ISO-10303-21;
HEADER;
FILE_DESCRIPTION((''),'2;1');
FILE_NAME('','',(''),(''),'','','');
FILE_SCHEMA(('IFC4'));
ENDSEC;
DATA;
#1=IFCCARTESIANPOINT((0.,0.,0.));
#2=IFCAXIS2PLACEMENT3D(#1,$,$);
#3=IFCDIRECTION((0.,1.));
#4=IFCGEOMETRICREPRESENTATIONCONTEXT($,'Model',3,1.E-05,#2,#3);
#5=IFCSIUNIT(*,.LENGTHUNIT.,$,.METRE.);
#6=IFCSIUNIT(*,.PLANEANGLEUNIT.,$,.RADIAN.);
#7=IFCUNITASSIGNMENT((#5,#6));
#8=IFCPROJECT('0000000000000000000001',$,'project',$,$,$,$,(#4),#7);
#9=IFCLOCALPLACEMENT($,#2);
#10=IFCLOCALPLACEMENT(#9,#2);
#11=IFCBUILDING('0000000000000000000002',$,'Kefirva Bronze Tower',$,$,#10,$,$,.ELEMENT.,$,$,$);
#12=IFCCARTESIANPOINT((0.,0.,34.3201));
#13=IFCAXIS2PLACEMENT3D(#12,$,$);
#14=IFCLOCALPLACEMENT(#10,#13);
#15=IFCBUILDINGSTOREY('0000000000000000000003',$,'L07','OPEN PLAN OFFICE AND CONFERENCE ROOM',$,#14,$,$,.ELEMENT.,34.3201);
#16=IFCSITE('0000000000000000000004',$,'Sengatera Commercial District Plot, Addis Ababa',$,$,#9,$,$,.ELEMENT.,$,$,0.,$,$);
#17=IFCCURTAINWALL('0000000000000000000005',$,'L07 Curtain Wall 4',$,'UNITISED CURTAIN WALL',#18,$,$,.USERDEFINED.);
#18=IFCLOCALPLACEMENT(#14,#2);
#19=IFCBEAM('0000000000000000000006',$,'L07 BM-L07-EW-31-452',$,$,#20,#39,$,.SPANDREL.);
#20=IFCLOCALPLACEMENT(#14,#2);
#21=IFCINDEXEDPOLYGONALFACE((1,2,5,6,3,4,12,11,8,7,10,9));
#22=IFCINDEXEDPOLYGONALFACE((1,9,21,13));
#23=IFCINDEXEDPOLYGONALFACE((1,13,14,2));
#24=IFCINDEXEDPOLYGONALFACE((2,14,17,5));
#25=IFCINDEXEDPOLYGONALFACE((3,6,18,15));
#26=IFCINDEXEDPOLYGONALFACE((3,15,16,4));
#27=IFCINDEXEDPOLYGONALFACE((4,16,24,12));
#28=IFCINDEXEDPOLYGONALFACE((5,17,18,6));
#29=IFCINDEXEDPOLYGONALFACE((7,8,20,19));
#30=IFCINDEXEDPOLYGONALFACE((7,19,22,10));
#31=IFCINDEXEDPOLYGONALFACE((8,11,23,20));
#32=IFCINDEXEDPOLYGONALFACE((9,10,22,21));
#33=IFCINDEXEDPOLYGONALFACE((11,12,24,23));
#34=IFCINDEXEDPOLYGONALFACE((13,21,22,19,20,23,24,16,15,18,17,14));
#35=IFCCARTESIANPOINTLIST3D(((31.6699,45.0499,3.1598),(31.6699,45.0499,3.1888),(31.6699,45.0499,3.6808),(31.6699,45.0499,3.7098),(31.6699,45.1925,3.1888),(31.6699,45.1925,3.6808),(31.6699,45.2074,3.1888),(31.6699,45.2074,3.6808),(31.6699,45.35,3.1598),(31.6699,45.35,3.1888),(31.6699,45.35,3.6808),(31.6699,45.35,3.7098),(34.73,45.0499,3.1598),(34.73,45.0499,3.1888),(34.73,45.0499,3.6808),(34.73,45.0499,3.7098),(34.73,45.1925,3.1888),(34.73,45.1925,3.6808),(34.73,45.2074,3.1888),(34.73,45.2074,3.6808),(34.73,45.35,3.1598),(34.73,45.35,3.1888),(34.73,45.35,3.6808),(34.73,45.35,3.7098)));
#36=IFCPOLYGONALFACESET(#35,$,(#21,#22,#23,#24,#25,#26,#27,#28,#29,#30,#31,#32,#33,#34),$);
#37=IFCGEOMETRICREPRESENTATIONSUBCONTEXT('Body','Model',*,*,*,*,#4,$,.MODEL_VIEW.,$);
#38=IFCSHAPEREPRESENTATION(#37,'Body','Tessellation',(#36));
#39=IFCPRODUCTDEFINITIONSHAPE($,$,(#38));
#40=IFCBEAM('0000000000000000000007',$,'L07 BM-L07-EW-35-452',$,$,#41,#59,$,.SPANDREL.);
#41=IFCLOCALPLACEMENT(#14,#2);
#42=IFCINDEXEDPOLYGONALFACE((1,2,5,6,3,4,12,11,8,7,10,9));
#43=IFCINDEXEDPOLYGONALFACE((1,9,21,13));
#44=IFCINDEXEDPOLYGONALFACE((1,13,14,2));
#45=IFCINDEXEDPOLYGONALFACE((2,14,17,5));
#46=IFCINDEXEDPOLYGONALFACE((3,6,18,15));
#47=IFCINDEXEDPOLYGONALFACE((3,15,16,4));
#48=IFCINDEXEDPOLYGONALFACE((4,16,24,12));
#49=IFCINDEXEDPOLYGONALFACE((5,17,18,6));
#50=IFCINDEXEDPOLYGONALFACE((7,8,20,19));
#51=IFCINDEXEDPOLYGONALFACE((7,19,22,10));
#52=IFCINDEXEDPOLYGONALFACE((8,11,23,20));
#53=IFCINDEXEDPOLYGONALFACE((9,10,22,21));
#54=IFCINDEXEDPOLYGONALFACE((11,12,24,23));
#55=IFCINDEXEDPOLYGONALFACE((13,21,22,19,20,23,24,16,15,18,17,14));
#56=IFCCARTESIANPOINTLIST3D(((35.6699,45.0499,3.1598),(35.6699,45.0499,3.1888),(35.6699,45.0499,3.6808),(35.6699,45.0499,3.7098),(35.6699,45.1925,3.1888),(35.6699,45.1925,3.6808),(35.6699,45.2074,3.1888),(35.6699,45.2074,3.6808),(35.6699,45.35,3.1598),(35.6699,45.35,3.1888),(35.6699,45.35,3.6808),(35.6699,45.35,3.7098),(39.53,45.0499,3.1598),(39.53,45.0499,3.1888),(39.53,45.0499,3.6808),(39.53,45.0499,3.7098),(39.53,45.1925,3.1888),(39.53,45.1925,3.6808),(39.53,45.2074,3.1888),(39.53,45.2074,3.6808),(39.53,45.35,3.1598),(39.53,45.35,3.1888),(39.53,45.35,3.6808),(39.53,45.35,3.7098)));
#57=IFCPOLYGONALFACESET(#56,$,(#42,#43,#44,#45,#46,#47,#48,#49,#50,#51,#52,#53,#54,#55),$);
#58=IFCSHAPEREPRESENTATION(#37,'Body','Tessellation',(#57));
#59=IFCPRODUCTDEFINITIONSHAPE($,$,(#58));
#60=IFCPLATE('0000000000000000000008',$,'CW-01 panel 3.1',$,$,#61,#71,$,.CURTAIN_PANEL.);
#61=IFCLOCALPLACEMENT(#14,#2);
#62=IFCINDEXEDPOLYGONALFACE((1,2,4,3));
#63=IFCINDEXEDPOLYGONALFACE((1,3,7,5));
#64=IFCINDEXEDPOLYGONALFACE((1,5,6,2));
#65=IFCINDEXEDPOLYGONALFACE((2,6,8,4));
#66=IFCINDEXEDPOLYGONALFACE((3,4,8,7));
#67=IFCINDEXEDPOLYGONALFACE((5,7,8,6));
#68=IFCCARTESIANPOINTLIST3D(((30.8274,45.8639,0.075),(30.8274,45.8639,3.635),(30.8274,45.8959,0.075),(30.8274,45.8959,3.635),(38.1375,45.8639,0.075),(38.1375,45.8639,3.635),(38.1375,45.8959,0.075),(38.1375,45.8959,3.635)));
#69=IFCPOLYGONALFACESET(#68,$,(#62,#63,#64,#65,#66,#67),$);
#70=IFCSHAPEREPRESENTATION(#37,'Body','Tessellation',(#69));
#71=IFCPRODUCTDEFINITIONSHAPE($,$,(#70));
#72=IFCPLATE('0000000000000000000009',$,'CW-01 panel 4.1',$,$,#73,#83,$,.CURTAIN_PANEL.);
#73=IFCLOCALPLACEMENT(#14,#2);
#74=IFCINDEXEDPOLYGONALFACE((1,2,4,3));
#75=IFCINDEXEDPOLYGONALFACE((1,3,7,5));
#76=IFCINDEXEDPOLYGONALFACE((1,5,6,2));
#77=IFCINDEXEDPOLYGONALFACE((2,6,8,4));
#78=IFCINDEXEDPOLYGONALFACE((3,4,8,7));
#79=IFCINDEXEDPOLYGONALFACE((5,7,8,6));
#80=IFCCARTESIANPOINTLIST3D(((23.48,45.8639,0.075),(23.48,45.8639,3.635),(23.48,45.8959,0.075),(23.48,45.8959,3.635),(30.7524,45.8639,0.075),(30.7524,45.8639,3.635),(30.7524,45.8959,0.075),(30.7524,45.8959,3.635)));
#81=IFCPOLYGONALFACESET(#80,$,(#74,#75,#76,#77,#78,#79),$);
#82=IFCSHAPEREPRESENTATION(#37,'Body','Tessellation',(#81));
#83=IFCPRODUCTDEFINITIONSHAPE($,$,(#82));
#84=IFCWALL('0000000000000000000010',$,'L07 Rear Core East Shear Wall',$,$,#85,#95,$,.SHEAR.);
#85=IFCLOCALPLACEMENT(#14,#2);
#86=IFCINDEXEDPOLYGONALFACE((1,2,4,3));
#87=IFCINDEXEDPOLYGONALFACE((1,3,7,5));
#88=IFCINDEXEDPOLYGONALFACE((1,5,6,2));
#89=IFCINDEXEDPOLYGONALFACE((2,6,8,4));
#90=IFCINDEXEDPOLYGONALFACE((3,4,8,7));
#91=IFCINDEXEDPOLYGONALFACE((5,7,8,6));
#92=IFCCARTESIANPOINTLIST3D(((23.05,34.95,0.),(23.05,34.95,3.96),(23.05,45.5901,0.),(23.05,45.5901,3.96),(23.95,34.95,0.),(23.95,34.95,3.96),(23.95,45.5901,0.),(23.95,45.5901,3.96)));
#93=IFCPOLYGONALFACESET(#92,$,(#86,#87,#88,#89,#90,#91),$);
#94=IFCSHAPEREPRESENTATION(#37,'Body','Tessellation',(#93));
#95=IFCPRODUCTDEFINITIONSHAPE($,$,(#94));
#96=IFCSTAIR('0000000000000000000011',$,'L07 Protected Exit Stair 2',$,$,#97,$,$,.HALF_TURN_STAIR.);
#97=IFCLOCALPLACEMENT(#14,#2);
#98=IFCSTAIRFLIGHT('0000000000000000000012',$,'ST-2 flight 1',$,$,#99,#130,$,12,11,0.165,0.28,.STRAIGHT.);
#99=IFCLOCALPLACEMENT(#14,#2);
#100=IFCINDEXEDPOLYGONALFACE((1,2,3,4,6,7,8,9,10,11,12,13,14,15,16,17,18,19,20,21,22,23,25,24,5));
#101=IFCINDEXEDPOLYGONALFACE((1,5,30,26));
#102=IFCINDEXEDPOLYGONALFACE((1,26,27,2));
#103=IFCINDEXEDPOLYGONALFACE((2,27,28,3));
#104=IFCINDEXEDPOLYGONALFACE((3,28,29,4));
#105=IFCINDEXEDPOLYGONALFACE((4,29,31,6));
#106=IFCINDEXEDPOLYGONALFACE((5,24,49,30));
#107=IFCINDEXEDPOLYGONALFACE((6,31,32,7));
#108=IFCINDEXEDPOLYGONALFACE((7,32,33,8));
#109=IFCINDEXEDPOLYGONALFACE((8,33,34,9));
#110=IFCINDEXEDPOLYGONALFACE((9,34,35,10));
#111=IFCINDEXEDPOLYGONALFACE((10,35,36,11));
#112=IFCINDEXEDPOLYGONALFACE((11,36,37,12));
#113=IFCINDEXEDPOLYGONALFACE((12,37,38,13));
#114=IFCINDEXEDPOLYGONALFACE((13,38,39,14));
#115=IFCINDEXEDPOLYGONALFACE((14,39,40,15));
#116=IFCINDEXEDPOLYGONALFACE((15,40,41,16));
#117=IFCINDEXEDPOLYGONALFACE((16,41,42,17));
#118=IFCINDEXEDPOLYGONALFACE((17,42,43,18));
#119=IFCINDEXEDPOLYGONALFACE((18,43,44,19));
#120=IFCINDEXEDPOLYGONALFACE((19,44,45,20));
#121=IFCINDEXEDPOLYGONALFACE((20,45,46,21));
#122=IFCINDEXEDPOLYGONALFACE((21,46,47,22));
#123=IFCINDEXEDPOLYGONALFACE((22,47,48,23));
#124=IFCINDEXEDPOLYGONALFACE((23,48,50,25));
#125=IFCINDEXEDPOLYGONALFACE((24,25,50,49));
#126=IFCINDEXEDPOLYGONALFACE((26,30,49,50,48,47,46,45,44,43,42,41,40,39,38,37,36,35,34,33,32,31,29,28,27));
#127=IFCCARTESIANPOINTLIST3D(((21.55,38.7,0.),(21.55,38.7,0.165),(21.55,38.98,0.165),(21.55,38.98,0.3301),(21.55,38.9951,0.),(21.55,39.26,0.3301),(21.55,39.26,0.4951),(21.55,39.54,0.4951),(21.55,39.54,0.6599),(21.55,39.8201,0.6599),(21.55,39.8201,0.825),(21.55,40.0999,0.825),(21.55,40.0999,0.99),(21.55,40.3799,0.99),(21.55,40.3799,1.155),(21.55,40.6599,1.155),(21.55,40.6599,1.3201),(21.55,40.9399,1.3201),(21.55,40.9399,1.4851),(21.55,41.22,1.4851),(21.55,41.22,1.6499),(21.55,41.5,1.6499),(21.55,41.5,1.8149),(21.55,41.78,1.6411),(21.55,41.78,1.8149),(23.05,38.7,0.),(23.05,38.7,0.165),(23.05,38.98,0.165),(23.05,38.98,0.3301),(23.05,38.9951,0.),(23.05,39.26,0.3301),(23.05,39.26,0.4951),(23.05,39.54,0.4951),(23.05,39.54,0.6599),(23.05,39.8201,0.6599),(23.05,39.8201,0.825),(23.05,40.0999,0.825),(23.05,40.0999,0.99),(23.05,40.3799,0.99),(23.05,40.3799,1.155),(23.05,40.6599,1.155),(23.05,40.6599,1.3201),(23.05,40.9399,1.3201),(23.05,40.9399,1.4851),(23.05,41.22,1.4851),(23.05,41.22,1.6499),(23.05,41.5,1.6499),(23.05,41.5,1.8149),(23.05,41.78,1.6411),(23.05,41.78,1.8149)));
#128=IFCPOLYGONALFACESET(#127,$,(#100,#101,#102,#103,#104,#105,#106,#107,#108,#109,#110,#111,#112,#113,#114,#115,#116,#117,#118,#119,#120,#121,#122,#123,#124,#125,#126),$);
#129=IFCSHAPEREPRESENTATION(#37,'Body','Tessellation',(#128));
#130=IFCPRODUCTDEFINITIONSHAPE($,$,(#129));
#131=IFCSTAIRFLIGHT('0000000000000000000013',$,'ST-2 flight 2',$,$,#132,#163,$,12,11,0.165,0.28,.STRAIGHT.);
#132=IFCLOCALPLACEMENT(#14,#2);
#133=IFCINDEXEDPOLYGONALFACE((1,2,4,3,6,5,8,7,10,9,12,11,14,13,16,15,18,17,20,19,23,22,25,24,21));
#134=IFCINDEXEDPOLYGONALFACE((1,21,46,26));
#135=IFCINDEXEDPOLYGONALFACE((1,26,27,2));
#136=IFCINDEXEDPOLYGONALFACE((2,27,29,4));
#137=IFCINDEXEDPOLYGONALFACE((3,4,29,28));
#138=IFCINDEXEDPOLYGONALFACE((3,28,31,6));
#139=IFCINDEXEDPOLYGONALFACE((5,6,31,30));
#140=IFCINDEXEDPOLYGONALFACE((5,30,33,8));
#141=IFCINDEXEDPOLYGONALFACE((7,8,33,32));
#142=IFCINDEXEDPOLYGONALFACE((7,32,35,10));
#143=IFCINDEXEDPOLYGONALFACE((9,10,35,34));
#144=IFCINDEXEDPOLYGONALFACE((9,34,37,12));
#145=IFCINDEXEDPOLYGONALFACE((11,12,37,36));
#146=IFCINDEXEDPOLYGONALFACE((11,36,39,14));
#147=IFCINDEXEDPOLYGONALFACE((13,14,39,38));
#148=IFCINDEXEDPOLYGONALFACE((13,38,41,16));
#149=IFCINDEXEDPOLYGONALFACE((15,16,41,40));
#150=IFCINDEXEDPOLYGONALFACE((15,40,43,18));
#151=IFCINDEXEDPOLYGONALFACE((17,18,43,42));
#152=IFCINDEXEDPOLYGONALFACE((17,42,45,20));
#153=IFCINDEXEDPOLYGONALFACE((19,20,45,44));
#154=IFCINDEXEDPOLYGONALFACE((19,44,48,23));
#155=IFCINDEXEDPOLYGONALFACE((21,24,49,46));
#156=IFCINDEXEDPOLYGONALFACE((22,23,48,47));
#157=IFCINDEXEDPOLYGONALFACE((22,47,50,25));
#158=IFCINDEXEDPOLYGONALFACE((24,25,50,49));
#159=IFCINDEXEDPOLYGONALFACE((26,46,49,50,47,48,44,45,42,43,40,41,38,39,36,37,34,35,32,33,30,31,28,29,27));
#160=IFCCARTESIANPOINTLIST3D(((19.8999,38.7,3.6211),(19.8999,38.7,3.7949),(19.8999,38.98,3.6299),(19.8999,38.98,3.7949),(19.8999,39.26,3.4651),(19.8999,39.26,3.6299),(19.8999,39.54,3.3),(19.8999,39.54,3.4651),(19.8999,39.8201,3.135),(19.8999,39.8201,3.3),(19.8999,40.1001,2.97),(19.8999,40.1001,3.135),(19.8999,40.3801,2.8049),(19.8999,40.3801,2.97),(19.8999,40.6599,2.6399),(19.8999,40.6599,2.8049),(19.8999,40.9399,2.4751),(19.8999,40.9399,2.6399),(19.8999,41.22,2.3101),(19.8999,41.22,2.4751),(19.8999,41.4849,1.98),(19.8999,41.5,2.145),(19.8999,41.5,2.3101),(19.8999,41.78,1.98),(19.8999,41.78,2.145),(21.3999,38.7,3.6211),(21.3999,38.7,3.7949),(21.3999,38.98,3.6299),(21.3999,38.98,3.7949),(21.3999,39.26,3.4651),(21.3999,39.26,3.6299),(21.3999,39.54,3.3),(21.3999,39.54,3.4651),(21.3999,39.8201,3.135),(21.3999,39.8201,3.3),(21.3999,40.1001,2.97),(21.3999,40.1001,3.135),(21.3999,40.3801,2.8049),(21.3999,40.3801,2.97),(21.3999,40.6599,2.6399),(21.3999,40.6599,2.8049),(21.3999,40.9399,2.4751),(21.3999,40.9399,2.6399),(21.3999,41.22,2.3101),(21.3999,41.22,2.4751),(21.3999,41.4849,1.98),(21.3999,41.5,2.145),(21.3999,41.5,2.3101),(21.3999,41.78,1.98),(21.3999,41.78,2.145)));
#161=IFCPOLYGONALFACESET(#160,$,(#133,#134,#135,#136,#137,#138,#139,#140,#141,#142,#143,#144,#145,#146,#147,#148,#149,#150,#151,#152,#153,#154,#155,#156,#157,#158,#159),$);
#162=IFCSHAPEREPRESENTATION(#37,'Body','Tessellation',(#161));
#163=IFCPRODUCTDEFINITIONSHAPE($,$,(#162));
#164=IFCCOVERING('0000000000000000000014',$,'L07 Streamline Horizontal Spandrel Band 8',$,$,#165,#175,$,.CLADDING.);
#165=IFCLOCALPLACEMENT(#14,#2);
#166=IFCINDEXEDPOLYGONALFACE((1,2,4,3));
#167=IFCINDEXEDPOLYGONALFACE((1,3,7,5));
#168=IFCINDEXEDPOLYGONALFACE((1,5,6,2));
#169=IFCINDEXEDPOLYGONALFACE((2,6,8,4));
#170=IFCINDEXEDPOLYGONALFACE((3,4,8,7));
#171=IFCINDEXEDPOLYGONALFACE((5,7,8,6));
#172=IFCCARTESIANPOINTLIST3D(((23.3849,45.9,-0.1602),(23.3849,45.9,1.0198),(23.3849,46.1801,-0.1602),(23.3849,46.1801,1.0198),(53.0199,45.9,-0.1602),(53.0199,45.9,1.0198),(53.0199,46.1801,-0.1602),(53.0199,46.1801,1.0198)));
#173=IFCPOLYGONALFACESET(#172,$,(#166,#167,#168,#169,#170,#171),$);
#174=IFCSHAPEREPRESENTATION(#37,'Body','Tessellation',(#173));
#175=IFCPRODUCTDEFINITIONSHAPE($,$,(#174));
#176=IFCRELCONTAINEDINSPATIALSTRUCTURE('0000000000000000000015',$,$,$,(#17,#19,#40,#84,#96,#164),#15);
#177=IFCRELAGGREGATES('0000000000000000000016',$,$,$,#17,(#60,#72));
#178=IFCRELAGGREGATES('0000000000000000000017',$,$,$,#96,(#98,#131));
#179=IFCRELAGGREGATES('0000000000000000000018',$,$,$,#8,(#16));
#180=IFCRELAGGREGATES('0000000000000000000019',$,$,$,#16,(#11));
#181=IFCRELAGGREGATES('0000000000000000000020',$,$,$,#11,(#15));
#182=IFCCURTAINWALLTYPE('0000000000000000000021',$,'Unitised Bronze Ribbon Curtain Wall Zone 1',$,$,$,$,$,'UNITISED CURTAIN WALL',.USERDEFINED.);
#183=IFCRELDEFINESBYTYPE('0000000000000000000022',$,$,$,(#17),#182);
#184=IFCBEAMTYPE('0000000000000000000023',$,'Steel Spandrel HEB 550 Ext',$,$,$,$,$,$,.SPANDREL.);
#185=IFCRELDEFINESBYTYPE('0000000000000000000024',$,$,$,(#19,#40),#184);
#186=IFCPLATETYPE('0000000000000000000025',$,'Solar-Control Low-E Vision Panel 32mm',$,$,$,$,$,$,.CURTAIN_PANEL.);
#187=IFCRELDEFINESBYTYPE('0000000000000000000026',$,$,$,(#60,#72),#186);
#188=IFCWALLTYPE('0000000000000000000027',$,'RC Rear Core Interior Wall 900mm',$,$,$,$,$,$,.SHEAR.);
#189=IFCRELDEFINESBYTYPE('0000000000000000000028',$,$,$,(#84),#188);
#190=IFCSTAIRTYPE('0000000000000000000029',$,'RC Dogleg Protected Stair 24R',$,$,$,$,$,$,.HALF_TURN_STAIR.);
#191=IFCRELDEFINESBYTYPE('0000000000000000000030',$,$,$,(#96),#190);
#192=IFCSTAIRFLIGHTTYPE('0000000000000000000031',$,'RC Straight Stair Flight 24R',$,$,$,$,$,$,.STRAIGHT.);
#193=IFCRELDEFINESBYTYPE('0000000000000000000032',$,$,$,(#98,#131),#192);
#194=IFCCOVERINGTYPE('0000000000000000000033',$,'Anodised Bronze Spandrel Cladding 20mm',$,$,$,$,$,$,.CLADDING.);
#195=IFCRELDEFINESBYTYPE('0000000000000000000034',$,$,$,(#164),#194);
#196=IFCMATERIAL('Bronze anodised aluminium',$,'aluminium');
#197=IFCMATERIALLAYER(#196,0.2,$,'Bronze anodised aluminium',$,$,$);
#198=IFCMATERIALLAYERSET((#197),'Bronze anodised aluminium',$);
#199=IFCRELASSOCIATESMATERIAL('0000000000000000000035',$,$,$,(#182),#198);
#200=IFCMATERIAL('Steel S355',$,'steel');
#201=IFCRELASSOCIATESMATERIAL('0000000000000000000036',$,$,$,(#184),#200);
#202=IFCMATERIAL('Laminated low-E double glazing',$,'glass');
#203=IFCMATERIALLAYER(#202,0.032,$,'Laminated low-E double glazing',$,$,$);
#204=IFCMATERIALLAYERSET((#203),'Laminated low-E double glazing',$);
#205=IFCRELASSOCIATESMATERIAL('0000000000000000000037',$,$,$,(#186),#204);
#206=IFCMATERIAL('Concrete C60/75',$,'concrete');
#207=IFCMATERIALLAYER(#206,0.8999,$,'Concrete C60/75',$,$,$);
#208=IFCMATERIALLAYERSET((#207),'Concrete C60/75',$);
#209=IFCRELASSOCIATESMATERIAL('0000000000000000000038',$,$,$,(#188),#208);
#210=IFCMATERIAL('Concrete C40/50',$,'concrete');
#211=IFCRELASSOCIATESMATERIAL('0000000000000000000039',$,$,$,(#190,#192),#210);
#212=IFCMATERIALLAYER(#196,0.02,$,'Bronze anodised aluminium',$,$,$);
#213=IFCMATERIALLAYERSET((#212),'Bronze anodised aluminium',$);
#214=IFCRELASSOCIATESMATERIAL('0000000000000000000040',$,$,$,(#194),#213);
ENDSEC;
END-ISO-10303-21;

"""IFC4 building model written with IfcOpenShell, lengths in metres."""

from ifc_helpers import new_model, si_unit, direction, frame, frame_2d, origin, origin_2d, place, context, subcontext, project, spatial, polyline, rectangle, i_section, outline, extrude, material, layer, layer_set, material_profile, profile_set, type_object, element, aggregate, save


model = new_model("IFC4")

# Units and contexts
model_context = context("Model", 3, precision=1e-05, world=origin(), true_north=direction((0.0, 1.0)))
body_context = subcontext(model_context, "Body", "Model", "MODEL_VIEW")
ifc_project = project(units=[si_unit("LENGTHUNIT", "METRE"), si_unit("PLANEANGLEUNIT", "RADIAN")], contexts=[model_context])

# Site, building, storey
site_placement = place(None, origin())
site = spatial("IfcSite", under=ifc_project, at=site_placement, Name="Sengatera Commercial District Plot, Addis Ababa", CompositionType="ELEMENT", RefElevation=0.0)
building_placement = place(site_placement, origin())
building = spatial("IfcBuilding", under=site, at=building_placement, Name="Kefirva Bronze Tower", CompositionType="ELEMENT")
storey_placement = place(building_placement, frame((0.0, 0.0, 34.3201)))
storey = spatial("IfcBuildingStorey", under=building, at=storey_placement, Name="L07", Description="OPEN PLAN OFFICE AND CONFERENCE ROOM", CompositionType="ELEMENT", Elevation=34.3201)

# Shared definitions
ifc_material_1 = material(Name="Concrete C60/75", Category="concrete")

# Curtain wall
ifc_material_2 = material(Name="Bronze anodised aluminium", Category="aluminium")
ifc_layer_1 = layer(ifc_material_2, 0.2, Name="Bronze anodised aluminium")
ifc_layer_set_1 = layer_set([ifc_layer_1], Name="Bronze anodised aluminium")
curtain_wall_type = type_object("IfcCurtainWallType", Name="Unitised Bronze Ribbon Curtain Wall Zone 1", ElementType="UNITISED CURTAIN WALL", PredefinedType="USERDEFINED", material=ifc_layer_set_1)
curtain_wall_placement = place(storey_placement, origin())
curtain_wall = element("IfcCurtainWall", 1, at=curtain_wall_placement, inside=storey, type_object=curtain_wall_type, Name="L07 Curtain Wall 4", ObjectType="UNITISED CURTAIN WALL", PredefinedType="USERDEFINED")

# Beams
ifc_material_3 = material(Name="Steel S355", Category="steel")
ifc_material_profile_1 = material_profile(ifc_material_3, i_section(OverallWidth=0.3, OverallDepth=0.55, WebThickness=0.0149, FlangeThickness=0.0291, at=origin_2d()), Name="HEB 550")
ifc_profile_set_1 = profile_set([ifc_material_profile_1], Name="Steel S355")
beam_type_1 = type_object("IfcBeamType", Name="Steel Spandrel HEB 550 Ext", PredefinedType="SPANDREL", material=ifc_profile_set_1)
beam_1_placement = place(storey_placement, frame((31.6699, 45.2, 3.4348), z_axis=(1.0, 0.0, 0.0), x_axis=(0.0, 1.0, 0.0)))
element("IfcBeam", 2, at=beam_1_placement, inside=storey, type_object=beam_type_1, Name="L07 BM-L07-EW-31-452", PredefinedType="SPANDREL", context=body_context, shape_type="SweptSolid", body=[
    extrude(i_section(OverallWidth=0.3, OverallDepth=0.55, WebThickness=0.0149, FlangeThickness=0.0291, at=origin_2d()), origin(), (0.0, 0.0, 1.0), 3.0601),
])
beam_2_placement = place(storey_placement, frame((35.6699, 45.2, 3.4348), z_axis=(1.0, 0.0, 0.0), x_axis=(0.0, 1.0, 0.0)))
element("IfcBeam", 3, at=beam_2_placement, inside=storey, type_object=beam_type_1, Name="L07 BM-L07-EW-35-452", PredefinedType="SPANDREL", context=body_context, shape_type="SweptSolid", body=[
    extrude(i_section(OverallWidth=0.3, OverallDepth=0.55, WebThickness=0.0149, FlangeThickness=0.0291, at=origin_2d()), origin(), (0.0, 0.0, 1.0), 3.8601),
])

# Plates
ifc_material_4 = material(Name="Laminated low-E double glazing", Category="glass")
ifc_layer_2 = layer(ifc_material_4, 0.032, Name="Laminated low-E double glazing")
ifc_layer_set_2 = layer_set([ifc_layer_2], Name="Laminated low-E double glazing")
plate_type = type_object("IfcPlateType", Name="Solar-Control Low-E Vision Panel 32mm", PredefinedType="CURTAIN_PANEL", material=ifc_layer_set_2)
plate_1_placement = place(storey_placement, frame((34.4824, 45.8799, 0.075), z_axis=(0.0, 0.0, 1.0), x_axis=(-1.0, 0.0, 0.0)))
plate_1 = element("IfcPlate", 4, at=plate_1_placement, type_object=plate_type, Name="CW-01 panel 3.1", PredefinedType="CURTAIN_PANEL", context=body_context, shape_type="SweptSolid", body=[
    extrude(rectangle(XDim=7.3101, YDim=0.032, at=origin_2d()), origin(), (0.0, 0.0, 1.0), 3.5601),
])
plate_2_placement = place(storey_placement, frame((27.1162, 45.8799, 0.075), z_axis=(0.0, 0.0, 1.0), x_axis=(-1.0, 0.0, 0.0)))
plate_2 = element("IfcPlate", 5, at=plate_2_placement, type_object=plate_type, Name="CW-01 panel 4.1", PredefinedType="CURTAIN_PANEL", context=body_context, shape_type="SweptSolid", body=[
    extrude(rectangle(XDim=7.2725, YDim=0.032, at=origin_2d()), origin(), (0.0, 0.0, 1.0), 3.5601),
])
aggregate(curtain_wall, [plate_1, plate_2])

# Wall
ifc_layer_3 = layer(ifc_material_1, 0.8999, Name="Concrete C60/75")
ifc_layer_set_3 = layer_set([ifc_layer_3], Name="Concrete C60/75")
wall_type = type_object("IfcWallType", Name="RC Rear Core Interior Wall 900mm", PredefinedType="SHEAR", material=ifc_layer_set_3)
wall_placement = place(storey_placement, frame((23.5, 34.95, 0.0), z_axis=(0.0, 0.0, 1.0), x_axis=(0.0, 1.0, 0.0)))
element("IfcWall", 6, at=wall_placement, inside=storey, type_object=wall_type, Name="L07 Rear Core East Shear Wall", PredefinedType="SHEAR", context=body_context, shape_type="SweptSolid", body=[
    extrude(rectangle(XDim=10.6401, YDim=0.8999, at=frame_2d((5.3201, 0.0))), origin(), (0.0, 0.0, 1.0), 3.96),
])

# Stair, stair flights
ifc_material_5 = material(Name="Concrete C40/50", Category="concrete")
stair_type = type_object("IfcStairType", Name="RC Dogleg Protected Stair 24R", PredefinedType="HALF_TURN_STAIR", material=ifc_material_5)
stair_placement = place(storey_placement, origin())
stair = element("IfcStair", 7, at=stair_placement, inside=storey, type_object=stair_type, Name="L07 Protected Exit Stair 2", PredefinedType="HALF_TURN_STAIR")
stair_flight_type = type_object("IfcStairFlightType", Name="RC Straight Stair Flight 24R", PredefinedType="STRAIGHT", material=ifc_material_5)
stair_flight_1_placement = place(storey_placement, frame((22.3, 38.7, 0.0), z_axis=(0.0, 0.0, 1.0), x_axis=(0.0, 1.0, 0.0)))
stair_flight_1 = element("IfcStairFlight", 8, at=stair_flight_1_placement, type_object=stair_flight_type, Name="ST-2 flight 1", NumberOfRisers=12, NumberOfTreads=11, PredefinedType="STRAIGHT", RiserHeight=0.165, TreadLength=0.28, context=body_context, shape_type="SweptSolid", body=[
    extrude(outline(polyline([(0.0, 0.0), (0.0, 0.165), (0.28, 0.165), (0.28, 0.3301), (0.5601, 0.3301), (0.5601, 0.4951), (0.8401, 0.4951), (0.8401, 0.6599), (1.1201, 0.6599), (1.1201, 0.825), (1.3999, 0.825), (1.3999, 0.99), (1.6799, 0.99), (1.6799, 1.155), (1.96, 1.155), (1.96, 1.3201), (2.24, 1.3201), (2.24, 1.4851), (2.52, 1.4851), (2.52, 1.6499), (2.8, 1.6499), (2.8, 1.8149), (3.0801, 1.8149), (3.0801, 1.98), (3.0801, 1.6411), (0.2952, 0.0), (0.0, 0.0)])), frame((0.0, 0.75, 0.0), z_axis=(0.0, -1.0, 0.0), x_axis=(1.0, 0.0, 0.0)), (0.0, 0.0, 1.0), 1.5),
])
stair_flight_2_placement = place(storey_placement, frame((20.6499, 41.78, 1.98), z_axis=(0.0, 0.0, 1.0), x_axis=(0.0, -1.0, 0.0)))
stair_flight_2 = element("IfcStairFlight", 9, at=stair_flight_2_placement, type_object=stair_flight_type, Name="ST-2 flight 2", NumberOfRisers=12, NumberOfTreads=11, PredefinedType="STRAIGHT", RiserHeight=0.165, TreadLength=0.28, context=body_context, shape_type="SweptSolid", body=[
    extrude(outline(polyline([(0.0, 0.0), (0.0, 0.165), (0.28, 0.165), (0.28, 0.3301), (0.5601, 0.3301), (0.5601, 0.4951), (0.8401, 0.4951), (0.8401, 0.6599), (1.1201, 0.6599), (1.1201, 0.825), (1.3999, 0.825), (1.3999, 0.99), (1.6799, 0.99), (1.6799, 1.155), (1.96, 1.155), (1.96, 1.3201), (2.24, 1.3201), (2.24, 1.4851), (2.52, 1.4851), (2.52, 1.6499), (2.8, 1.6499), (2.8, 1.8149), (3.0801, 1.8149), (3.0801, 1.98), (3.0801, 1.6411), (0.2952, 0.0), (0.0, 0.0)])), frame((0.0, 0.75, 0.0), z_axis=(0.0, -1.0, 0.0), x_axis=(1.0, 0.0, 0.0)), (0.0, 0.0, 1.0), 1.5),
])
aggregate(stair, [stair_flight_1, stair_flight_2])

# Covering
ifc_layer_4 = layer(ifc_material_2, 0.02, Name="Bronze anodised aluminium")
ifc_layer_set_4 = layer_set([ifc_layer_4], Name="Bronze anodised aluminium")
covering_type_1 = type_object("IfcCoveringType", Name="Anodised Bronze Spandrel Cladding 20mm", PredefinedType="CLADDING", material=ifc_layer_set_4)
covering_1_placement = place(storey_placement, frame((38.2024, 46.04, -0.1602), z_axis=(0.0, 0.0, 1.0), x_axis=(-1.0, 0.0, 0.0)))
element("IfcCovering", 10, at=covering_1_placement, inside=storey, type_object=covering_type_1, Name="L07 Streamline Horizontal Spandrel Band 8", PredefinedType="CLADDING", context=body_context, shape_type="SweptSolid", body=[
    extrude(rectangle(XDim=29.635, YDim=0.28, at=origin_2d()), origin(), (0.0, 0.0, 1.0), 1.1799),
])

save(model, "model.ifc")
